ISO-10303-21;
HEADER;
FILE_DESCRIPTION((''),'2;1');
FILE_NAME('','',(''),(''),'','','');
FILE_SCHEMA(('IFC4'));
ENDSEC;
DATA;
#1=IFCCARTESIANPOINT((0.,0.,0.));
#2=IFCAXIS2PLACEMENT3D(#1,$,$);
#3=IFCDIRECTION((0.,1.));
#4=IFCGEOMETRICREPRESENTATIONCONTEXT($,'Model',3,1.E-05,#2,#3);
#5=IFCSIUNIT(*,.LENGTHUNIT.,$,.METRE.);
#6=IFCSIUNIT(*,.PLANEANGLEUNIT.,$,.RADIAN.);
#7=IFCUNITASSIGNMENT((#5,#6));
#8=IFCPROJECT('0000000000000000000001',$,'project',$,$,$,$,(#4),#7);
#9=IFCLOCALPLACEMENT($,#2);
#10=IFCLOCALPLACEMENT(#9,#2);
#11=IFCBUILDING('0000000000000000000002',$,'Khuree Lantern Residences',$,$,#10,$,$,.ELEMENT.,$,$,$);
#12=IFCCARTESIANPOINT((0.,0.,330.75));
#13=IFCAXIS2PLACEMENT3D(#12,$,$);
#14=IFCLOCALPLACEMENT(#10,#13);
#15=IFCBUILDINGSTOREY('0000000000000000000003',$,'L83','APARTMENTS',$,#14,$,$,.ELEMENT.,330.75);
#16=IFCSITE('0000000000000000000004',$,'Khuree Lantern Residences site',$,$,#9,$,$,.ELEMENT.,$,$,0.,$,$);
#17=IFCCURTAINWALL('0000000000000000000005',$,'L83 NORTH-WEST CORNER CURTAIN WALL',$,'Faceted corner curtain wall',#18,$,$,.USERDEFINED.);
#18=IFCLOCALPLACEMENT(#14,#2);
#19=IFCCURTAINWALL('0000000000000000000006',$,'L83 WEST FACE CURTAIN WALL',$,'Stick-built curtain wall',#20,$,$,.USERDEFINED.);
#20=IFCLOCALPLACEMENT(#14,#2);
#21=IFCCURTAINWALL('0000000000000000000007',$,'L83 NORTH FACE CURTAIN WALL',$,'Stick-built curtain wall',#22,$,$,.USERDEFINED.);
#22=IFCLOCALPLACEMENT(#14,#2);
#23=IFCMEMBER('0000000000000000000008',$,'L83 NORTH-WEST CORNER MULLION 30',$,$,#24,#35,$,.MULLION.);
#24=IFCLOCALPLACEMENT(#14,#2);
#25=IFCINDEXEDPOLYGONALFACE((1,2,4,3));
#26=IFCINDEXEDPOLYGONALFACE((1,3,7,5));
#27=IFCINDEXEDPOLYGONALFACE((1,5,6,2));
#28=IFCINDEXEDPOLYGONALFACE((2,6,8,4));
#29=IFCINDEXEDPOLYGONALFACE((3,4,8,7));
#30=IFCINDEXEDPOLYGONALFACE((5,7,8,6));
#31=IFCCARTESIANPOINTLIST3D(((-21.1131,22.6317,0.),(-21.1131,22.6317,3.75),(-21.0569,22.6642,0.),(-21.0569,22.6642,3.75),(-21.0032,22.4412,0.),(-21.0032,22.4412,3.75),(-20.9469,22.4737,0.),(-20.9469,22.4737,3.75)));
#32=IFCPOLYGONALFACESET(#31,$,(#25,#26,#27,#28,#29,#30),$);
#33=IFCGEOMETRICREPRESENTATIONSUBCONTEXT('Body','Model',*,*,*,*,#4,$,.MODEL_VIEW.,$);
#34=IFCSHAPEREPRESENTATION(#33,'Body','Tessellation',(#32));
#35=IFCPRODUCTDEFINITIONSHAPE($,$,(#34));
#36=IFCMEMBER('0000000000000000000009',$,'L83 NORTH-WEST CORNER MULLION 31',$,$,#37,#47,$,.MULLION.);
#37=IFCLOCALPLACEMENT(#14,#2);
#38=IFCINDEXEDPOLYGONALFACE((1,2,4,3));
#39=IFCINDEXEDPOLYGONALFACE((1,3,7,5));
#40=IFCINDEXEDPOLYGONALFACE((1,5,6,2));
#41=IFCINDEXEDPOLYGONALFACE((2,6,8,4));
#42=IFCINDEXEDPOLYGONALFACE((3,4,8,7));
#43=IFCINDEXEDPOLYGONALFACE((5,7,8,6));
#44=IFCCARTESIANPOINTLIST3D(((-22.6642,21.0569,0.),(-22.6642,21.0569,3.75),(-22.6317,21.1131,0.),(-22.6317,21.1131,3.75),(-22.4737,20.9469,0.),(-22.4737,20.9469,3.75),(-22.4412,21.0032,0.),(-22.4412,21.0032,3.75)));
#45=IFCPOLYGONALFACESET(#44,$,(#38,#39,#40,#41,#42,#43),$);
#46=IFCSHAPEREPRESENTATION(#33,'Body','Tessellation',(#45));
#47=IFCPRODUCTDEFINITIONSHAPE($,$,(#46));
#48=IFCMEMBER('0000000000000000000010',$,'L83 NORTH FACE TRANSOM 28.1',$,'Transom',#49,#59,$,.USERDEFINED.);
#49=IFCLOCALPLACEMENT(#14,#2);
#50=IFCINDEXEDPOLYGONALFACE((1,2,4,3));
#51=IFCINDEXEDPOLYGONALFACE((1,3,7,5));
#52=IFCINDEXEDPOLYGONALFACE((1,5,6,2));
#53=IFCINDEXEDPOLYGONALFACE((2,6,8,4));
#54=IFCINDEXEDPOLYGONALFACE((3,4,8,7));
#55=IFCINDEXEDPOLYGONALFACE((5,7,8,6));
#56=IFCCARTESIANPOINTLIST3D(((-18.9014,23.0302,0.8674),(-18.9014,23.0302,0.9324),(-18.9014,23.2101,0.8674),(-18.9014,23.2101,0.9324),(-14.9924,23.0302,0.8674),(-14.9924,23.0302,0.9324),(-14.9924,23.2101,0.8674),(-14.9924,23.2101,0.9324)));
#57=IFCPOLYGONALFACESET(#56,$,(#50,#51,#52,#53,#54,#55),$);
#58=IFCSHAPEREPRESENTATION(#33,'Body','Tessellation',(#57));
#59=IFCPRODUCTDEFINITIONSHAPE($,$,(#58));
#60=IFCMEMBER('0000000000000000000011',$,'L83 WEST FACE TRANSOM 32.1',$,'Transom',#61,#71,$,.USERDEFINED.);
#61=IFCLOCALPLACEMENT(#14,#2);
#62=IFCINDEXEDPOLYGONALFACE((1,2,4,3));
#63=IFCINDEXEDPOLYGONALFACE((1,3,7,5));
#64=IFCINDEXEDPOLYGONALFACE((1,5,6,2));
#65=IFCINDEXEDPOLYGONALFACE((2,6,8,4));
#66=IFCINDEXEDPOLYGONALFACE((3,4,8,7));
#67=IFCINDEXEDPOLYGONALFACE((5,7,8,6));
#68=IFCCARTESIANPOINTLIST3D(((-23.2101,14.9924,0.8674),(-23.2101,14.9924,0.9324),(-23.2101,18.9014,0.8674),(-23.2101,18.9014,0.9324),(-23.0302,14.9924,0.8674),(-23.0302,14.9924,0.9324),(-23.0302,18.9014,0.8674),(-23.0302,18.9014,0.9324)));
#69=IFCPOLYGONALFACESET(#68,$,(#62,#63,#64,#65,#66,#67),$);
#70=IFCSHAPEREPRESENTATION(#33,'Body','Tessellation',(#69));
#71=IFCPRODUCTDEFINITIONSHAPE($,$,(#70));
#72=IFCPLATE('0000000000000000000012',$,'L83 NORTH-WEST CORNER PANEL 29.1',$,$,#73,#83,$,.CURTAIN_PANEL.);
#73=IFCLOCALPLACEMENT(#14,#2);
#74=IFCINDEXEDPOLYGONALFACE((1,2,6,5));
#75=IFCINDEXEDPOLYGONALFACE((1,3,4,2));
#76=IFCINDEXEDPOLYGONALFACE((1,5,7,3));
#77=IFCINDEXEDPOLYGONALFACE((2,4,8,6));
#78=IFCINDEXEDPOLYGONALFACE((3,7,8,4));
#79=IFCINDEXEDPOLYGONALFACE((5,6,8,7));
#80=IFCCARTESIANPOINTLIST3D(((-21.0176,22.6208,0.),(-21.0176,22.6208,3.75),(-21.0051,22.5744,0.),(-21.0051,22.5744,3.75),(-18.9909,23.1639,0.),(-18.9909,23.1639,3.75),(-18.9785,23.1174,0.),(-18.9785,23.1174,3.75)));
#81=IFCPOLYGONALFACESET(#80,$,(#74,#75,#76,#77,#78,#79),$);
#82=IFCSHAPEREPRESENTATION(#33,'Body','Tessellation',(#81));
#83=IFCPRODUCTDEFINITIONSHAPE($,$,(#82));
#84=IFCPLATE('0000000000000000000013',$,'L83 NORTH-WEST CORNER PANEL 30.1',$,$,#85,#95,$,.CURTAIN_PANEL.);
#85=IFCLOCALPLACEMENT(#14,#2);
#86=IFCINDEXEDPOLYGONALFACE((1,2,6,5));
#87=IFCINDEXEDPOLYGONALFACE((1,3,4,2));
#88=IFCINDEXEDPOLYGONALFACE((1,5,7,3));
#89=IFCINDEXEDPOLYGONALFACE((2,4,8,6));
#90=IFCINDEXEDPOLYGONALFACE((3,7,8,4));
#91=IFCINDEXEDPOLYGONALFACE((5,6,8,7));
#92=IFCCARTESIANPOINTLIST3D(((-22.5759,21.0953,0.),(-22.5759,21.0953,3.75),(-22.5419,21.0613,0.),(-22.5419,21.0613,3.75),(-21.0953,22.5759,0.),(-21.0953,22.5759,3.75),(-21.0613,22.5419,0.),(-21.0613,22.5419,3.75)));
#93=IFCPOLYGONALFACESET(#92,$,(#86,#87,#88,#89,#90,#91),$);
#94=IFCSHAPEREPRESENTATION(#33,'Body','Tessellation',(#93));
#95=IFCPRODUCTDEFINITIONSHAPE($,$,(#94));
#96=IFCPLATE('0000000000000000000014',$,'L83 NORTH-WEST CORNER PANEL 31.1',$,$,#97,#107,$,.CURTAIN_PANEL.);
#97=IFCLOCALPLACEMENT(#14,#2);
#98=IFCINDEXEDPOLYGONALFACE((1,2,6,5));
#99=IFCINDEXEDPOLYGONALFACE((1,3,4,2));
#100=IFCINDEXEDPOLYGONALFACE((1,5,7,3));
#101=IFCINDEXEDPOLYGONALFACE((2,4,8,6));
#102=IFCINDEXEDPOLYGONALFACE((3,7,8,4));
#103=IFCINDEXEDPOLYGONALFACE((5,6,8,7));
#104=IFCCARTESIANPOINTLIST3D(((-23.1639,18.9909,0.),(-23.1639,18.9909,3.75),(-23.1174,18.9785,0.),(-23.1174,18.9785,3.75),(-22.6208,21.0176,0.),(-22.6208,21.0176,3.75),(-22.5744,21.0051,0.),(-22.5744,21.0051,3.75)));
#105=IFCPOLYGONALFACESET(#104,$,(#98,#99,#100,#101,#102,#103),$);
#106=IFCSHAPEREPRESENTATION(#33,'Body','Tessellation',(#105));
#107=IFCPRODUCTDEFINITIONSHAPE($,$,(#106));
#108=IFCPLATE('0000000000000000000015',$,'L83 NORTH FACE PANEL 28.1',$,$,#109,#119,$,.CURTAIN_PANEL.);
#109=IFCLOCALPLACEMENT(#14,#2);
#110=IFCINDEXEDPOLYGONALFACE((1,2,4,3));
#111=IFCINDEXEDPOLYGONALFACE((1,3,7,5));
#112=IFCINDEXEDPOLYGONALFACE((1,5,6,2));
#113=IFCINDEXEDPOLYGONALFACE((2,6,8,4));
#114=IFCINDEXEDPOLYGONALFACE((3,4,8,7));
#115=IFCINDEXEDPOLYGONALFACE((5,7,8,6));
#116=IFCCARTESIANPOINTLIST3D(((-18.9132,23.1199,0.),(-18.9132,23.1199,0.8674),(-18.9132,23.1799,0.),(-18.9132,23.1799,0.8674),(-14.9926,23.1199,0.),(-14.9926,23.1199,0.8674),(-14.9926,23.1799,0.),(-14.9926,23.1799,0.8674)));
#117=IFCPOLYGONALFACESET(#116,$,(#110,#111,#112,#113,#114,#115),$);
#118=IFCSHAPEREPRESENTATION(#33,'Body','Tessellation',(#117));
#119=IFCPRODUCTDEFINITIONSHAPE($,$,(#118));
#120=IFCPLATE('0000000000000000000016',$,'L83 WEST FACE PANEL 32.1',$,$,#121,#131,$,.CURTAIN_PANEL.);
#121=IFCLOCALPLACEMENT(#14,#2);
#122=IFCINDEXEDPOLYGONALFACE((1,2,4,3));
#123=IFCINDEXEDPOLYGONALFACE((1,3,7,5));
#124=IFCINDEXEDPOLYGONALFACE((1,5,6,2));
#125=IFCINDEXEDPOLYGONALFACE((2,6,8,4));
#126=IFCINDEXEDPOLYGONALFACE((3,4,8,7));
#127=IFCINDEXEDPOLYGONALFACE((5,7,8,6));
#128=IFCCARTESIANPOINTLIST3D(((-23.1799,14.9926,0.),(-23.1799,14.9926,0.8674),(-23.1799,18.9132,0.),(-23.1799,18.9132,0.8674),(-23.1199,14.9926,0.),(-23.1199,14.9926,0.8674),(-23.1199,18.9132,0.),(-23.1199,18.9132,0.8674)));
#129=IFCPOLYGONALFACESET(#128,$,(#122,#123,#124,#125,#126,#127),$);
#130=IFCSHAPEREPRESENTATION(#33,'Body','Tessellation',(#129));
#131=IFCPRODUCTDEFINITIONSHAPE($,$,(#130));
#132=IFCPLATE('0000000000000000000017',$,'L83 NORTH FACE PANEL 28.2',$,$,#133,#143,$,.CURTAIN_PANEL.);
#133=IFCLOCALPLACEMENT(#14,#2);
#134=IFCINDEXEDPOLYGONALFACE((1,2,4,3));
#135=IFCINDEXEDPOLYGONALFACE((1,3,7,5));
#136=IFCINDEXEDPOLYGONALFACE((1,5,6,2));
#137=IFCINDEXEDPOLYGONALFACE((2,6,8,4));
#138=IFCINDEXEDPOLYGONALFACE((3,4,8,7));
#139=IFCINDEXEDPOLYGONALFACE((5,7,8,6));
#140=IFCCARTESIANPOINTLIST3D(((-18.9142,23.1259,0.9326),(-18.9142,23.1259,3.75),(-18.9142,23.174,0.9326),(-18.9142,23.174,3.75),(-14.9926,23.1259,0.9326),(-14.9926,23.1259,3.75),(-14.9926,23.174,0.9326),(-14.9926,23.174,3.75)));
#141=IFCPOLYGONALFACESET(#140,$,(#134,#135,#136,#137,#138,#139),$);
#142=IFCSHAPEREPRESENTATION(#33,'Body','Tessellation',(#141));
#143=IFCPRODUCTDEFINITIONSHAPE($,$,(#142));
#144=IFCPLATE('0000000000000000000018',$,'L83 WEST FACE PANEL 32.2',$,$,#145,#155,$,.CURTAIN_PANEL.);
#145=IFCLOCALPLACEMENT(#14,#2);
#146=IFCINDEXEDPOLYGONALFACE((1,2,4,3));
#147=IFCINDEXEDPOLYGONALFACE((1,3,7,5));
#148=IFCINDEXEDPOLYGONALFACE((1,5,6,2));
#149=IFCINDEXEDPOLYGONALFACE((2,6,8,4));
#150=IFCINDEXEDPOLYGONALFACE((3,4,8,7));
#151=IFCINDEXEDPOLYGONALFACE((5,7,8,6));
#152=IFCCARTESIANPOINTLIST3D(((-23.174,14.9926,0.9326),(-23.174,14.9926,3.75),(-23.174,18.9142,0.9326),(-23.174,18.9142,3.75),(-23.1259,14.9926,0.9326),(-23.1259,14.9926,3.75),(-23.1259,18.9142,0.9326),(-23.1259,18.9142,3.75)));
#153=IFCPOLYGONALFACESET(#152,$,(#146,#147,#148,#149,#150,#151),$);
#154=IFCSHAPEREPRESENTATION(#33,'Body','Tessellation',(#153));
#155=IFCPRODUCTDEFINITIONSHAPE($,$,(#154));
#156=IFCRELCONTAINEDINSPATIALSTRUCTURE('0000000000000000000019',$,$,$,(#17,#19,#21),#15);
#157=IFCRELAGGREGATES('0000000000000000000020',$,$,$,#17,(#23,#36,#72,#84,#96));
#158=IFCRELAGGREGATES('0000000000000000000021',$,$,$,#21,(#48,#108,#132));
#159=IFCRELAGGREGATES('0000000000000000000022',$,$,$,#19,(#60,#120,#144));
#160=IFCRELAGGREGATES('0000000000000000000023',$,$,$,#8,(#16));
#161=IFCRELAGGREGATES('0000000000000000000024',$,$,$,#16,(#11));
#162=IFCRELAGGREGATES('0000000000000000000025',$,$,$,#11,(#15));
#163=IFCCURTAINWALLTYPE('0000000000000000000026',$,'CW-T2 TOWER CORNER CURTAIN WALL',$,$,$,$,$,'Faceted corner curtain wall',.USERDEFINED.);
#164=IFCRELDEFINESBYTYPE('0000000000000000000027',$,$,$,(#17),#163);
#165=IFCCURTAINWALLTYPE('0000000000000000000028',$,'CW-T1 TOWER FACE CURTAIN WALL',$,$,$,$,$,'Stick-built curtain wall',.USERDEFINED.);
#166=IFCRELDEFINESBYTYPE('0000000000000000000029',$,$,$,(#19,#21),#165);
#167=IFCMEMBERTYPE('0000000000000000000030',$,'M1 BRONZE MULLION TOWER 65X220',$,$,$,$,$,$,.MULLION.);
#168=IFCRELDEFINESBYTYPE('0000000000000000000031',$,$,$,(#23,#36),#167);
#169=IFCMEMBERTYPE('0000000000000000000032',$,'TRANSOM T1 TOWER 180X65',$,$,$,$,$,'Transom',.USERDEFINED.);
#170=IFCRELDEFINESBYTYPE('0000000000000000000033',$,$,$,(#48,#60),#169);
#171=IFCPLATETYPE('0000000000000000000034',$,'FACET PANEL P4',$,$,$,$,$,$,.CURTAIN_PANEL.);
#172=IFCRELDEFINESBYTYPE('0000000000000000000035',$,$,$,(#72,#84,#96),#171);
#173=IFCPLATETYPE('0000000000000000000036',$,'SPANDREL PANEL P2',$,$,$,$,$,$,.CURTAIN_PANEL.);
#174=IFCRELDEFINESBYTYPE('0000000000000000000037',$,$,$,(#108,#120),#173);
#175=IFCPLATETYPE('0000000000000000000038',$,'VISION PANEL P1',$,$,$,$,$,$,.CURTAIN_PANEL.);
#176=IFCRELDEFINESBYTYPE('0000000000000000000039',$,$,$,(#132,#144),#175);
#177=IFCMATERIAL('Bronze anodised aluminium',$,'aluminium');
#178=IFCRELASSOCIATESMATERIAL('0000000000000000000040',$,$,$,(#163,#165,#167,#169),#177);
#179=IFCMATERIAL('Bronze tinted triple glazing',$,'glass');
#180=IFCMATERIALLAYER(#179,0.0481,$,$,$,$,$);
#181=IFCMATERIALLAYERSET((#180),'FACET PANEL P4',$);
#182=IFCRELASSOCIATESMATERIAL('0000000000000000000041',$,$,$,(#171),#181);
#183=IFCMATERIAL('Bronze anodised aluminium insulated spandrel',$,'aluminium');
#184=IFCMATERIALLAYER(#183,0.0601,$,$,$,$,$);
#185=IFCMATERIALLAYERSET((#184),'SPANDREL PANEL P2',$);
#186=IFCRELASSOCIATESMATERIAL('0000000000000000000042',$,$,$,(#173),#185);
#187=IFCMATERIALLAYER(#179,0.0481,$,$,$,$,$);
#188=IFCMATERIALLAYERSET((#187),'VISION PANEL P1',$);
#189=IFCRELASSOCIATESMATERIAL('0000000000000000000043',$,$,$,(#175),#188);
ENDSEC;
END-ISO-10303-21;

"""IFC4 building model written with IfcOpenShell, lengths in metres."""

from ifc_helpers import new_model, si_unit, direction, frame, origin, origin_2d, place, context, subcontext, project, spatial, rectangle, extrude, material, layer, layer_set, material_profile, profile_set, type_object, element, aggregate, save


model = new_model("IFC4")

# Units and contexts
model_context = context("Model", 3, precision=1e-05, world=origin(), true_north=direction((0.0, 1.0)))
body_context = subcontext(model_context, "Body", "Model", "MODEL_VIEW")
ifc_project = project(units=[si_unit("LENGTHUNIT", "METRE"), si_unit("PLANEANGLEUNIT", "RADIAN")], contexts=[model_context])

# Site, building, storey
site_placement = place(None, origin())
site = spatial("IfcSite", under=ifc_project, at=site_placement, Name="Khuree Lantern Residences site", CompositionType="ELEMENT", RefElevation=0.0)
building_placement = place(site_placement, origin())
building = spatial("IfcBuilding", under=site, at=building_placement, Name="Khuree Lantern Residences", CompositionType="ELEMENT")
storey_placement = place(building_placement, frame((0.0, 0.0, 330.75)))
storey = spatial("IfcBuildingStorey", under=building, at=storey_placement, Name="L83", Description="APARTMENTS", CompositionType="ELEMENT", Elevation=330.75)

# Curtain walls
ifc_material_1 = material(Name="Bronze anodised aluminium", Category="aluminium")
curtain_wall_type_1 = type_object("IfcCurtainWallType", Name="CW-T2 TOWER CORNER CURTAIN WALL", ElementType="Faceted corner curtain wall", PredefinedType="USERDEFINED", material=ifc_material_1)
curtain_wall_1_placement = place(storey_placement, origin())
curtain_wall_1 = element("IfcCurtainWall", 1, at=curtain_wall_1_placement, inside=storey, type_object=curtain_wall_type_1, Name="L83 NORTH-WEST CORNER CURTAIN WALL", ObjectType="Faceted corner curtain wall", PredefinedType="USERDEFINED")
curtain_wall_type_2 = type_object("IfcCurtainWallType", Name="CW-T1 TOWER FACE CURTAIN WALL", ElementType="Stick-built curtain wall", PredefinedType="USERDEFINED", material=ifc_material_1)
curtain_wall_2_placement = place(storey_placement, origin())
curtain_wall_2 = element("IfcCurtainWall", 2, at=curtain_wall_2_placement, inside=storey, type_object=curtain_wall_type_2, Name="L83 WEST FACE CURTAIN WALL", ObjectType="Stick-built curtain wall", PredefinedType="USERDEFINED")

# Curtain wall
curtain_wall_3_placement = place(storey_placement, origin())
curtain_wall_3 = element("IfcCurtainWall", 3, at=curtain_wall_3_placement, inside=storey, type_object=curtain_wall_type_2, Name="L83 NORTH FACE CURTAIN WALL", ObjectType="Stick-built curtain wall", PredefinedType="USERDEFINED")
ifc_material_profile_1 = material_profile(ifc_material_1, rectangle(XDim=0.0649, YDim=0.22, at=origin_2d()), Name="M1 65X220")
ifc_profile_set_1 = profile_set([ifc_material_profile_1], Name="Bronze anodised aluminium")
member_type_1 = type_object("IfcMemberType", Name="M1 BRONZE MULLION TOWER 65X220", PredefinedType="MULLION", material=ifc_profile_set_1)

# Members
member_1_placement = place(storey_placement, frame((-21.03, 22.5527, 0.0), z_axis=(0.0, 0.0, 1.0), x_axis=(-0.866025, -0.5, 0.0)))
member_1 = element("IfcMember", 4, at=member_1_placement, type_object=member_type_1, Name="L83 NORTH-WEST CORNER MULLION 30", PredefinedType="MULLION", context=body_context, shape_type="SweptSolid", body=[
    extrude(rectangle(XDim=0.0649, YDim=0.22, at=origin_2d()), origin(), (0.0, 0.0, 1.0), 3.75),
])
member_2_placement = place(storey_placement, frame((-22.5527, 21.03, 0.0), z_axis=(0.0, 0.0, 1.0), x_axis=(-0.5, -0.866025, 0.0)))
member_2 = element("IfcMember", 5, at=member_2_placement, type_object=member_type_1, Name="L83 NORTH-WEST CORNER MULLION 31", PredefinedType="MULLION", context=body_context, shape_type="SweptSolid", body=[
    extrude(rectangle(XDim=0.0649, YDim=0.22, at=origin_2d()), origin(), (0.0, 0.0, 1.0), 3.75),
])
ifc_material_profile_2 = material_profile(ifc_material_1, rectangle(XDim=0.1799, YDim=0.0649, at=origin_2d()), Name="T1 180X65")
ifc_profile_set_2 = profile_set([ifc_material_profile_2], Name="Bronze anodised aluminium")
member_type_2 = type_object("IfcMemberType", Name="TRANSOM T1 TOWER 180X65", ElementType="Transom", PredefinedType="USERDEFINED", material=ifc_profile_set_2)
member_3_placement = place(storey_placement, frame((-14.9924, 23.1201, 0.8999), z_axis=(-1.0, 0.0, 0.0), x_axis=(0.0, -1.0, 0.0)))
member_3 = element("IfcMember", 6, at=member_3_placement, type_object=member_type_2, Name="L83 NORTH FACE TRANSOM 28.1", ObjectType="Transom", PredefinedType="USERDEFINED", context=body_context, shape_type="SweptSolid", body=[
    extrude(rectangle(XDim=0.1799, YDim=0.0649, at=origin_2d()), origin(), (0.0, 0.0, 1.0), 3.9089),
])
member_4_placement = place(storey_placement, frame((-23.1201, 18.9014, 0.8999), z_axis=(0.0, -1.0, 0.0), x_axis=(1.0, 0.0, 0.0)))
member_4 = element("IfcMember", 7, at=member_4_placement, type_object=member_type_2, Name="L83 WEST FACE TRANSOM 32.1", ObjectType="Transom", PredefinedType="USERDEFINED", context=body_context, shape_type="SweptSolid", body=[
    extrude(rectangle(XDim=0.1799, YDim=0.0649, at=origin_2d()), origin(), (0.0, 0.0, 1.0), 3.9089),
])

# Plates
ifc_material_2 = material(Name="Bronze tinted triple glazing", Category="glass")
ifc_layer_1 = layer(ifc_material_2, 0.0481)
ifc_layer_set_1 = layer_set([ifc_layer_1], Name="FACET PANEL P4")
plate_type_1 = type_object("IfcPlateType", Name="FACET PANEL P4", PredefinedType="CURTAIN_PANEL", material=ifc_layer_set_1)
plate_1_placement = place(storey_placement, frame((-19.998, 22.8691, 0.0), z_axis=(0.0, 0.0, 1.0), x_axis=(-0.965926, -0.258819, 0.0)))
plate_1 = element("IfcPlate", 8, at=plate_1_placement, type_object=plate_type_1, Name="L83 NORTH-WEST CORNER PANEL 29.1", PredefinedType="CURTAIN_PANEL", context=body_context, shape_type="SweptSolid", body=[
    extrude(rectangle(XDim=2.0981, YDim=0.0481, at=origin_2d()), origin(), (0.0, 0.0, 1.0), 3.75),
])
plate_2_placement = place(storey_placement, frame((-21.8186, 21.8186, 0.0), z_axis=(0.0, 0.0, 1.0), x_axis=(-0.707107, -0.707107, 0.0)))
plate_2 = element("IfcPlate", 9, at=plate_2_placement, type_object=plate_type_1, Name="L83 NORTH-WEST CORNER PANEL 30.1", PredefinedType="CURTAIN_PANEL", context=body_context, shape_type="SweptSolid", body=[
    extrude(rectangle(XDim=2.094, YDim=0.0481, at=origin_2d()), origin(), (0.0, 0.0, 1.0), 3.75),
])
plate_3_placement = place(storey_placement, frame((-22.8691, 19.998, 0.0), z_axis=(0.0, 0.0, 1.0), x_axis=(-0.258819, -0.965926, 0.0)))
plate_3 = element("IfcPlate", 10, at=plate_3_placement, type_object=plate_type_1, Name="L83 NORTH-WEST CORNER PANEL 31.1", PredefinedType="CURTAIN_PANEL", context=body_context, shape_type="SweptSolid", body=[
    extrude(rectangle(XDim=2.0981, YDim=0.0481, at=origin_2d()), origin(), (0.0, 0.0, 1.0), 3.75),
])
aggregate(curtain_wall_1, [member_1, member_2, plate_1, plate_2, plate_3])
ifc_material_3 = material(Name="Bronze anodised aluminium insulated spandrel", Category="aluminium")
ifc_layer_2 = layer(ifc_material_3, 0.0601)
ifc_layer_set_2 = layer_set([ifc_layer_2], Name="SPANDREL PANEL P2")
plate_type_2 = type_object("IfcPlateType", Name="SPANDREL PANEL P2", PredefinedType="CURTAIN_PANEL", material=ifc_layer_set_2)
plate_4_placement = place(storey_placement, frame((-16.9529, 23.1499, 0.0), z_axis=(0.0, 0.0, 1.0), x_axis=(-1.0, 0.0, 0.0)))
plate_4 = element("IfcPlate", 11, at=plate_4_placement, type_object=plate_type_2, Name="L83 NORTH FACE PANEL 28.1", PredefinedType="CURTAIN_PANEL", context=body_context, shape_type="SweptSolid", body=[
    extrude(rectangle(XDim=3.9207, YDim=0.0601, at=origin_2d()), origin(), (0.0, 0.0, 1.0), 0.8674),
])
plate_5_placement = place(storey_placement, frame((-23.1499, 16.9529, 0.0), z_axis=(0.0, 0.0, 1.0), x_axis=(0.0, -1.0, 0.0)))
plate_5 = element("IfcPlate", 12, at=plate_5_placement, type_object=plate_type_2, Name="L83 WEST FACE PANEL 32.1", PredefinedType="CURTAIN_PANEL", context=body_context, shape_type="SweptSolid", body=[
    extrude(rectangle(XDim=3.9207, YDim=0.0601, at=origin_2d()), origin(), (0.0, 0.0, 1.0), 0.8674),
])
ifc_layer_3 = layer(ifc_material_2, 0.0481)
ifc_layer_set_3 = layer_set([ifc_layer_3], Name="VISION PANEL P1")
plate_type_3 = type_object("IfcPlateType", Name="VISION PANEL P1", PredefinedType="CURTAIN_PANEL", material=ifc_layer_set_3)
plate_6_placement = place(storey_placement, frame((-16.9534, 23.1499, 0.9326), z_axis=(0.0, 0.0, 1.0), x_axis=(-1.0, 0.0, 0.0)))
plate_6 = element("IfcPlate", 13, at=plate_6_placement, type_object=plate_type_3, Name="L83 NORTH FACE PANEL 28.2", PredefinedType="CURTAIN_PANEL", context=body_context, shape_type="SweptSolid", body=[
    extrude(rectangle(XDim=3.9216, YDim=0.0481, at=origin_2d()), origin(), (0.0, 0.0, 1.0), 2.8174),
])
aggregate(curtain_wall_3, [member_3, plate_4, plate_6])
plate_7_placement = place(storey_placement, frame((-23.1499, 16.9534, 0.9326), z_axis=(0.0, 0.0, 1.0), x_axis=(0.0, -1.0, 0.0)))
plate_7 = element("IfcPlate", 14, at=plate_7_placement, type_object=plate_type_3, Name="L83 WEST FACE PANEL 32.2", PredefinedType="CURTAIN_PANEL", context=body_context, shape_type="SweptSolid", body=[
    extrude(rectangle(XDim=3.9216, YDim=0.0481, at=origin_2d()), origin(), (0.0, 0.0, 1.0), 2.8174),
])
aggregate(curtain_wall_2, [member_4, plate_5, plate_7])

save(model, "model.ifc")
